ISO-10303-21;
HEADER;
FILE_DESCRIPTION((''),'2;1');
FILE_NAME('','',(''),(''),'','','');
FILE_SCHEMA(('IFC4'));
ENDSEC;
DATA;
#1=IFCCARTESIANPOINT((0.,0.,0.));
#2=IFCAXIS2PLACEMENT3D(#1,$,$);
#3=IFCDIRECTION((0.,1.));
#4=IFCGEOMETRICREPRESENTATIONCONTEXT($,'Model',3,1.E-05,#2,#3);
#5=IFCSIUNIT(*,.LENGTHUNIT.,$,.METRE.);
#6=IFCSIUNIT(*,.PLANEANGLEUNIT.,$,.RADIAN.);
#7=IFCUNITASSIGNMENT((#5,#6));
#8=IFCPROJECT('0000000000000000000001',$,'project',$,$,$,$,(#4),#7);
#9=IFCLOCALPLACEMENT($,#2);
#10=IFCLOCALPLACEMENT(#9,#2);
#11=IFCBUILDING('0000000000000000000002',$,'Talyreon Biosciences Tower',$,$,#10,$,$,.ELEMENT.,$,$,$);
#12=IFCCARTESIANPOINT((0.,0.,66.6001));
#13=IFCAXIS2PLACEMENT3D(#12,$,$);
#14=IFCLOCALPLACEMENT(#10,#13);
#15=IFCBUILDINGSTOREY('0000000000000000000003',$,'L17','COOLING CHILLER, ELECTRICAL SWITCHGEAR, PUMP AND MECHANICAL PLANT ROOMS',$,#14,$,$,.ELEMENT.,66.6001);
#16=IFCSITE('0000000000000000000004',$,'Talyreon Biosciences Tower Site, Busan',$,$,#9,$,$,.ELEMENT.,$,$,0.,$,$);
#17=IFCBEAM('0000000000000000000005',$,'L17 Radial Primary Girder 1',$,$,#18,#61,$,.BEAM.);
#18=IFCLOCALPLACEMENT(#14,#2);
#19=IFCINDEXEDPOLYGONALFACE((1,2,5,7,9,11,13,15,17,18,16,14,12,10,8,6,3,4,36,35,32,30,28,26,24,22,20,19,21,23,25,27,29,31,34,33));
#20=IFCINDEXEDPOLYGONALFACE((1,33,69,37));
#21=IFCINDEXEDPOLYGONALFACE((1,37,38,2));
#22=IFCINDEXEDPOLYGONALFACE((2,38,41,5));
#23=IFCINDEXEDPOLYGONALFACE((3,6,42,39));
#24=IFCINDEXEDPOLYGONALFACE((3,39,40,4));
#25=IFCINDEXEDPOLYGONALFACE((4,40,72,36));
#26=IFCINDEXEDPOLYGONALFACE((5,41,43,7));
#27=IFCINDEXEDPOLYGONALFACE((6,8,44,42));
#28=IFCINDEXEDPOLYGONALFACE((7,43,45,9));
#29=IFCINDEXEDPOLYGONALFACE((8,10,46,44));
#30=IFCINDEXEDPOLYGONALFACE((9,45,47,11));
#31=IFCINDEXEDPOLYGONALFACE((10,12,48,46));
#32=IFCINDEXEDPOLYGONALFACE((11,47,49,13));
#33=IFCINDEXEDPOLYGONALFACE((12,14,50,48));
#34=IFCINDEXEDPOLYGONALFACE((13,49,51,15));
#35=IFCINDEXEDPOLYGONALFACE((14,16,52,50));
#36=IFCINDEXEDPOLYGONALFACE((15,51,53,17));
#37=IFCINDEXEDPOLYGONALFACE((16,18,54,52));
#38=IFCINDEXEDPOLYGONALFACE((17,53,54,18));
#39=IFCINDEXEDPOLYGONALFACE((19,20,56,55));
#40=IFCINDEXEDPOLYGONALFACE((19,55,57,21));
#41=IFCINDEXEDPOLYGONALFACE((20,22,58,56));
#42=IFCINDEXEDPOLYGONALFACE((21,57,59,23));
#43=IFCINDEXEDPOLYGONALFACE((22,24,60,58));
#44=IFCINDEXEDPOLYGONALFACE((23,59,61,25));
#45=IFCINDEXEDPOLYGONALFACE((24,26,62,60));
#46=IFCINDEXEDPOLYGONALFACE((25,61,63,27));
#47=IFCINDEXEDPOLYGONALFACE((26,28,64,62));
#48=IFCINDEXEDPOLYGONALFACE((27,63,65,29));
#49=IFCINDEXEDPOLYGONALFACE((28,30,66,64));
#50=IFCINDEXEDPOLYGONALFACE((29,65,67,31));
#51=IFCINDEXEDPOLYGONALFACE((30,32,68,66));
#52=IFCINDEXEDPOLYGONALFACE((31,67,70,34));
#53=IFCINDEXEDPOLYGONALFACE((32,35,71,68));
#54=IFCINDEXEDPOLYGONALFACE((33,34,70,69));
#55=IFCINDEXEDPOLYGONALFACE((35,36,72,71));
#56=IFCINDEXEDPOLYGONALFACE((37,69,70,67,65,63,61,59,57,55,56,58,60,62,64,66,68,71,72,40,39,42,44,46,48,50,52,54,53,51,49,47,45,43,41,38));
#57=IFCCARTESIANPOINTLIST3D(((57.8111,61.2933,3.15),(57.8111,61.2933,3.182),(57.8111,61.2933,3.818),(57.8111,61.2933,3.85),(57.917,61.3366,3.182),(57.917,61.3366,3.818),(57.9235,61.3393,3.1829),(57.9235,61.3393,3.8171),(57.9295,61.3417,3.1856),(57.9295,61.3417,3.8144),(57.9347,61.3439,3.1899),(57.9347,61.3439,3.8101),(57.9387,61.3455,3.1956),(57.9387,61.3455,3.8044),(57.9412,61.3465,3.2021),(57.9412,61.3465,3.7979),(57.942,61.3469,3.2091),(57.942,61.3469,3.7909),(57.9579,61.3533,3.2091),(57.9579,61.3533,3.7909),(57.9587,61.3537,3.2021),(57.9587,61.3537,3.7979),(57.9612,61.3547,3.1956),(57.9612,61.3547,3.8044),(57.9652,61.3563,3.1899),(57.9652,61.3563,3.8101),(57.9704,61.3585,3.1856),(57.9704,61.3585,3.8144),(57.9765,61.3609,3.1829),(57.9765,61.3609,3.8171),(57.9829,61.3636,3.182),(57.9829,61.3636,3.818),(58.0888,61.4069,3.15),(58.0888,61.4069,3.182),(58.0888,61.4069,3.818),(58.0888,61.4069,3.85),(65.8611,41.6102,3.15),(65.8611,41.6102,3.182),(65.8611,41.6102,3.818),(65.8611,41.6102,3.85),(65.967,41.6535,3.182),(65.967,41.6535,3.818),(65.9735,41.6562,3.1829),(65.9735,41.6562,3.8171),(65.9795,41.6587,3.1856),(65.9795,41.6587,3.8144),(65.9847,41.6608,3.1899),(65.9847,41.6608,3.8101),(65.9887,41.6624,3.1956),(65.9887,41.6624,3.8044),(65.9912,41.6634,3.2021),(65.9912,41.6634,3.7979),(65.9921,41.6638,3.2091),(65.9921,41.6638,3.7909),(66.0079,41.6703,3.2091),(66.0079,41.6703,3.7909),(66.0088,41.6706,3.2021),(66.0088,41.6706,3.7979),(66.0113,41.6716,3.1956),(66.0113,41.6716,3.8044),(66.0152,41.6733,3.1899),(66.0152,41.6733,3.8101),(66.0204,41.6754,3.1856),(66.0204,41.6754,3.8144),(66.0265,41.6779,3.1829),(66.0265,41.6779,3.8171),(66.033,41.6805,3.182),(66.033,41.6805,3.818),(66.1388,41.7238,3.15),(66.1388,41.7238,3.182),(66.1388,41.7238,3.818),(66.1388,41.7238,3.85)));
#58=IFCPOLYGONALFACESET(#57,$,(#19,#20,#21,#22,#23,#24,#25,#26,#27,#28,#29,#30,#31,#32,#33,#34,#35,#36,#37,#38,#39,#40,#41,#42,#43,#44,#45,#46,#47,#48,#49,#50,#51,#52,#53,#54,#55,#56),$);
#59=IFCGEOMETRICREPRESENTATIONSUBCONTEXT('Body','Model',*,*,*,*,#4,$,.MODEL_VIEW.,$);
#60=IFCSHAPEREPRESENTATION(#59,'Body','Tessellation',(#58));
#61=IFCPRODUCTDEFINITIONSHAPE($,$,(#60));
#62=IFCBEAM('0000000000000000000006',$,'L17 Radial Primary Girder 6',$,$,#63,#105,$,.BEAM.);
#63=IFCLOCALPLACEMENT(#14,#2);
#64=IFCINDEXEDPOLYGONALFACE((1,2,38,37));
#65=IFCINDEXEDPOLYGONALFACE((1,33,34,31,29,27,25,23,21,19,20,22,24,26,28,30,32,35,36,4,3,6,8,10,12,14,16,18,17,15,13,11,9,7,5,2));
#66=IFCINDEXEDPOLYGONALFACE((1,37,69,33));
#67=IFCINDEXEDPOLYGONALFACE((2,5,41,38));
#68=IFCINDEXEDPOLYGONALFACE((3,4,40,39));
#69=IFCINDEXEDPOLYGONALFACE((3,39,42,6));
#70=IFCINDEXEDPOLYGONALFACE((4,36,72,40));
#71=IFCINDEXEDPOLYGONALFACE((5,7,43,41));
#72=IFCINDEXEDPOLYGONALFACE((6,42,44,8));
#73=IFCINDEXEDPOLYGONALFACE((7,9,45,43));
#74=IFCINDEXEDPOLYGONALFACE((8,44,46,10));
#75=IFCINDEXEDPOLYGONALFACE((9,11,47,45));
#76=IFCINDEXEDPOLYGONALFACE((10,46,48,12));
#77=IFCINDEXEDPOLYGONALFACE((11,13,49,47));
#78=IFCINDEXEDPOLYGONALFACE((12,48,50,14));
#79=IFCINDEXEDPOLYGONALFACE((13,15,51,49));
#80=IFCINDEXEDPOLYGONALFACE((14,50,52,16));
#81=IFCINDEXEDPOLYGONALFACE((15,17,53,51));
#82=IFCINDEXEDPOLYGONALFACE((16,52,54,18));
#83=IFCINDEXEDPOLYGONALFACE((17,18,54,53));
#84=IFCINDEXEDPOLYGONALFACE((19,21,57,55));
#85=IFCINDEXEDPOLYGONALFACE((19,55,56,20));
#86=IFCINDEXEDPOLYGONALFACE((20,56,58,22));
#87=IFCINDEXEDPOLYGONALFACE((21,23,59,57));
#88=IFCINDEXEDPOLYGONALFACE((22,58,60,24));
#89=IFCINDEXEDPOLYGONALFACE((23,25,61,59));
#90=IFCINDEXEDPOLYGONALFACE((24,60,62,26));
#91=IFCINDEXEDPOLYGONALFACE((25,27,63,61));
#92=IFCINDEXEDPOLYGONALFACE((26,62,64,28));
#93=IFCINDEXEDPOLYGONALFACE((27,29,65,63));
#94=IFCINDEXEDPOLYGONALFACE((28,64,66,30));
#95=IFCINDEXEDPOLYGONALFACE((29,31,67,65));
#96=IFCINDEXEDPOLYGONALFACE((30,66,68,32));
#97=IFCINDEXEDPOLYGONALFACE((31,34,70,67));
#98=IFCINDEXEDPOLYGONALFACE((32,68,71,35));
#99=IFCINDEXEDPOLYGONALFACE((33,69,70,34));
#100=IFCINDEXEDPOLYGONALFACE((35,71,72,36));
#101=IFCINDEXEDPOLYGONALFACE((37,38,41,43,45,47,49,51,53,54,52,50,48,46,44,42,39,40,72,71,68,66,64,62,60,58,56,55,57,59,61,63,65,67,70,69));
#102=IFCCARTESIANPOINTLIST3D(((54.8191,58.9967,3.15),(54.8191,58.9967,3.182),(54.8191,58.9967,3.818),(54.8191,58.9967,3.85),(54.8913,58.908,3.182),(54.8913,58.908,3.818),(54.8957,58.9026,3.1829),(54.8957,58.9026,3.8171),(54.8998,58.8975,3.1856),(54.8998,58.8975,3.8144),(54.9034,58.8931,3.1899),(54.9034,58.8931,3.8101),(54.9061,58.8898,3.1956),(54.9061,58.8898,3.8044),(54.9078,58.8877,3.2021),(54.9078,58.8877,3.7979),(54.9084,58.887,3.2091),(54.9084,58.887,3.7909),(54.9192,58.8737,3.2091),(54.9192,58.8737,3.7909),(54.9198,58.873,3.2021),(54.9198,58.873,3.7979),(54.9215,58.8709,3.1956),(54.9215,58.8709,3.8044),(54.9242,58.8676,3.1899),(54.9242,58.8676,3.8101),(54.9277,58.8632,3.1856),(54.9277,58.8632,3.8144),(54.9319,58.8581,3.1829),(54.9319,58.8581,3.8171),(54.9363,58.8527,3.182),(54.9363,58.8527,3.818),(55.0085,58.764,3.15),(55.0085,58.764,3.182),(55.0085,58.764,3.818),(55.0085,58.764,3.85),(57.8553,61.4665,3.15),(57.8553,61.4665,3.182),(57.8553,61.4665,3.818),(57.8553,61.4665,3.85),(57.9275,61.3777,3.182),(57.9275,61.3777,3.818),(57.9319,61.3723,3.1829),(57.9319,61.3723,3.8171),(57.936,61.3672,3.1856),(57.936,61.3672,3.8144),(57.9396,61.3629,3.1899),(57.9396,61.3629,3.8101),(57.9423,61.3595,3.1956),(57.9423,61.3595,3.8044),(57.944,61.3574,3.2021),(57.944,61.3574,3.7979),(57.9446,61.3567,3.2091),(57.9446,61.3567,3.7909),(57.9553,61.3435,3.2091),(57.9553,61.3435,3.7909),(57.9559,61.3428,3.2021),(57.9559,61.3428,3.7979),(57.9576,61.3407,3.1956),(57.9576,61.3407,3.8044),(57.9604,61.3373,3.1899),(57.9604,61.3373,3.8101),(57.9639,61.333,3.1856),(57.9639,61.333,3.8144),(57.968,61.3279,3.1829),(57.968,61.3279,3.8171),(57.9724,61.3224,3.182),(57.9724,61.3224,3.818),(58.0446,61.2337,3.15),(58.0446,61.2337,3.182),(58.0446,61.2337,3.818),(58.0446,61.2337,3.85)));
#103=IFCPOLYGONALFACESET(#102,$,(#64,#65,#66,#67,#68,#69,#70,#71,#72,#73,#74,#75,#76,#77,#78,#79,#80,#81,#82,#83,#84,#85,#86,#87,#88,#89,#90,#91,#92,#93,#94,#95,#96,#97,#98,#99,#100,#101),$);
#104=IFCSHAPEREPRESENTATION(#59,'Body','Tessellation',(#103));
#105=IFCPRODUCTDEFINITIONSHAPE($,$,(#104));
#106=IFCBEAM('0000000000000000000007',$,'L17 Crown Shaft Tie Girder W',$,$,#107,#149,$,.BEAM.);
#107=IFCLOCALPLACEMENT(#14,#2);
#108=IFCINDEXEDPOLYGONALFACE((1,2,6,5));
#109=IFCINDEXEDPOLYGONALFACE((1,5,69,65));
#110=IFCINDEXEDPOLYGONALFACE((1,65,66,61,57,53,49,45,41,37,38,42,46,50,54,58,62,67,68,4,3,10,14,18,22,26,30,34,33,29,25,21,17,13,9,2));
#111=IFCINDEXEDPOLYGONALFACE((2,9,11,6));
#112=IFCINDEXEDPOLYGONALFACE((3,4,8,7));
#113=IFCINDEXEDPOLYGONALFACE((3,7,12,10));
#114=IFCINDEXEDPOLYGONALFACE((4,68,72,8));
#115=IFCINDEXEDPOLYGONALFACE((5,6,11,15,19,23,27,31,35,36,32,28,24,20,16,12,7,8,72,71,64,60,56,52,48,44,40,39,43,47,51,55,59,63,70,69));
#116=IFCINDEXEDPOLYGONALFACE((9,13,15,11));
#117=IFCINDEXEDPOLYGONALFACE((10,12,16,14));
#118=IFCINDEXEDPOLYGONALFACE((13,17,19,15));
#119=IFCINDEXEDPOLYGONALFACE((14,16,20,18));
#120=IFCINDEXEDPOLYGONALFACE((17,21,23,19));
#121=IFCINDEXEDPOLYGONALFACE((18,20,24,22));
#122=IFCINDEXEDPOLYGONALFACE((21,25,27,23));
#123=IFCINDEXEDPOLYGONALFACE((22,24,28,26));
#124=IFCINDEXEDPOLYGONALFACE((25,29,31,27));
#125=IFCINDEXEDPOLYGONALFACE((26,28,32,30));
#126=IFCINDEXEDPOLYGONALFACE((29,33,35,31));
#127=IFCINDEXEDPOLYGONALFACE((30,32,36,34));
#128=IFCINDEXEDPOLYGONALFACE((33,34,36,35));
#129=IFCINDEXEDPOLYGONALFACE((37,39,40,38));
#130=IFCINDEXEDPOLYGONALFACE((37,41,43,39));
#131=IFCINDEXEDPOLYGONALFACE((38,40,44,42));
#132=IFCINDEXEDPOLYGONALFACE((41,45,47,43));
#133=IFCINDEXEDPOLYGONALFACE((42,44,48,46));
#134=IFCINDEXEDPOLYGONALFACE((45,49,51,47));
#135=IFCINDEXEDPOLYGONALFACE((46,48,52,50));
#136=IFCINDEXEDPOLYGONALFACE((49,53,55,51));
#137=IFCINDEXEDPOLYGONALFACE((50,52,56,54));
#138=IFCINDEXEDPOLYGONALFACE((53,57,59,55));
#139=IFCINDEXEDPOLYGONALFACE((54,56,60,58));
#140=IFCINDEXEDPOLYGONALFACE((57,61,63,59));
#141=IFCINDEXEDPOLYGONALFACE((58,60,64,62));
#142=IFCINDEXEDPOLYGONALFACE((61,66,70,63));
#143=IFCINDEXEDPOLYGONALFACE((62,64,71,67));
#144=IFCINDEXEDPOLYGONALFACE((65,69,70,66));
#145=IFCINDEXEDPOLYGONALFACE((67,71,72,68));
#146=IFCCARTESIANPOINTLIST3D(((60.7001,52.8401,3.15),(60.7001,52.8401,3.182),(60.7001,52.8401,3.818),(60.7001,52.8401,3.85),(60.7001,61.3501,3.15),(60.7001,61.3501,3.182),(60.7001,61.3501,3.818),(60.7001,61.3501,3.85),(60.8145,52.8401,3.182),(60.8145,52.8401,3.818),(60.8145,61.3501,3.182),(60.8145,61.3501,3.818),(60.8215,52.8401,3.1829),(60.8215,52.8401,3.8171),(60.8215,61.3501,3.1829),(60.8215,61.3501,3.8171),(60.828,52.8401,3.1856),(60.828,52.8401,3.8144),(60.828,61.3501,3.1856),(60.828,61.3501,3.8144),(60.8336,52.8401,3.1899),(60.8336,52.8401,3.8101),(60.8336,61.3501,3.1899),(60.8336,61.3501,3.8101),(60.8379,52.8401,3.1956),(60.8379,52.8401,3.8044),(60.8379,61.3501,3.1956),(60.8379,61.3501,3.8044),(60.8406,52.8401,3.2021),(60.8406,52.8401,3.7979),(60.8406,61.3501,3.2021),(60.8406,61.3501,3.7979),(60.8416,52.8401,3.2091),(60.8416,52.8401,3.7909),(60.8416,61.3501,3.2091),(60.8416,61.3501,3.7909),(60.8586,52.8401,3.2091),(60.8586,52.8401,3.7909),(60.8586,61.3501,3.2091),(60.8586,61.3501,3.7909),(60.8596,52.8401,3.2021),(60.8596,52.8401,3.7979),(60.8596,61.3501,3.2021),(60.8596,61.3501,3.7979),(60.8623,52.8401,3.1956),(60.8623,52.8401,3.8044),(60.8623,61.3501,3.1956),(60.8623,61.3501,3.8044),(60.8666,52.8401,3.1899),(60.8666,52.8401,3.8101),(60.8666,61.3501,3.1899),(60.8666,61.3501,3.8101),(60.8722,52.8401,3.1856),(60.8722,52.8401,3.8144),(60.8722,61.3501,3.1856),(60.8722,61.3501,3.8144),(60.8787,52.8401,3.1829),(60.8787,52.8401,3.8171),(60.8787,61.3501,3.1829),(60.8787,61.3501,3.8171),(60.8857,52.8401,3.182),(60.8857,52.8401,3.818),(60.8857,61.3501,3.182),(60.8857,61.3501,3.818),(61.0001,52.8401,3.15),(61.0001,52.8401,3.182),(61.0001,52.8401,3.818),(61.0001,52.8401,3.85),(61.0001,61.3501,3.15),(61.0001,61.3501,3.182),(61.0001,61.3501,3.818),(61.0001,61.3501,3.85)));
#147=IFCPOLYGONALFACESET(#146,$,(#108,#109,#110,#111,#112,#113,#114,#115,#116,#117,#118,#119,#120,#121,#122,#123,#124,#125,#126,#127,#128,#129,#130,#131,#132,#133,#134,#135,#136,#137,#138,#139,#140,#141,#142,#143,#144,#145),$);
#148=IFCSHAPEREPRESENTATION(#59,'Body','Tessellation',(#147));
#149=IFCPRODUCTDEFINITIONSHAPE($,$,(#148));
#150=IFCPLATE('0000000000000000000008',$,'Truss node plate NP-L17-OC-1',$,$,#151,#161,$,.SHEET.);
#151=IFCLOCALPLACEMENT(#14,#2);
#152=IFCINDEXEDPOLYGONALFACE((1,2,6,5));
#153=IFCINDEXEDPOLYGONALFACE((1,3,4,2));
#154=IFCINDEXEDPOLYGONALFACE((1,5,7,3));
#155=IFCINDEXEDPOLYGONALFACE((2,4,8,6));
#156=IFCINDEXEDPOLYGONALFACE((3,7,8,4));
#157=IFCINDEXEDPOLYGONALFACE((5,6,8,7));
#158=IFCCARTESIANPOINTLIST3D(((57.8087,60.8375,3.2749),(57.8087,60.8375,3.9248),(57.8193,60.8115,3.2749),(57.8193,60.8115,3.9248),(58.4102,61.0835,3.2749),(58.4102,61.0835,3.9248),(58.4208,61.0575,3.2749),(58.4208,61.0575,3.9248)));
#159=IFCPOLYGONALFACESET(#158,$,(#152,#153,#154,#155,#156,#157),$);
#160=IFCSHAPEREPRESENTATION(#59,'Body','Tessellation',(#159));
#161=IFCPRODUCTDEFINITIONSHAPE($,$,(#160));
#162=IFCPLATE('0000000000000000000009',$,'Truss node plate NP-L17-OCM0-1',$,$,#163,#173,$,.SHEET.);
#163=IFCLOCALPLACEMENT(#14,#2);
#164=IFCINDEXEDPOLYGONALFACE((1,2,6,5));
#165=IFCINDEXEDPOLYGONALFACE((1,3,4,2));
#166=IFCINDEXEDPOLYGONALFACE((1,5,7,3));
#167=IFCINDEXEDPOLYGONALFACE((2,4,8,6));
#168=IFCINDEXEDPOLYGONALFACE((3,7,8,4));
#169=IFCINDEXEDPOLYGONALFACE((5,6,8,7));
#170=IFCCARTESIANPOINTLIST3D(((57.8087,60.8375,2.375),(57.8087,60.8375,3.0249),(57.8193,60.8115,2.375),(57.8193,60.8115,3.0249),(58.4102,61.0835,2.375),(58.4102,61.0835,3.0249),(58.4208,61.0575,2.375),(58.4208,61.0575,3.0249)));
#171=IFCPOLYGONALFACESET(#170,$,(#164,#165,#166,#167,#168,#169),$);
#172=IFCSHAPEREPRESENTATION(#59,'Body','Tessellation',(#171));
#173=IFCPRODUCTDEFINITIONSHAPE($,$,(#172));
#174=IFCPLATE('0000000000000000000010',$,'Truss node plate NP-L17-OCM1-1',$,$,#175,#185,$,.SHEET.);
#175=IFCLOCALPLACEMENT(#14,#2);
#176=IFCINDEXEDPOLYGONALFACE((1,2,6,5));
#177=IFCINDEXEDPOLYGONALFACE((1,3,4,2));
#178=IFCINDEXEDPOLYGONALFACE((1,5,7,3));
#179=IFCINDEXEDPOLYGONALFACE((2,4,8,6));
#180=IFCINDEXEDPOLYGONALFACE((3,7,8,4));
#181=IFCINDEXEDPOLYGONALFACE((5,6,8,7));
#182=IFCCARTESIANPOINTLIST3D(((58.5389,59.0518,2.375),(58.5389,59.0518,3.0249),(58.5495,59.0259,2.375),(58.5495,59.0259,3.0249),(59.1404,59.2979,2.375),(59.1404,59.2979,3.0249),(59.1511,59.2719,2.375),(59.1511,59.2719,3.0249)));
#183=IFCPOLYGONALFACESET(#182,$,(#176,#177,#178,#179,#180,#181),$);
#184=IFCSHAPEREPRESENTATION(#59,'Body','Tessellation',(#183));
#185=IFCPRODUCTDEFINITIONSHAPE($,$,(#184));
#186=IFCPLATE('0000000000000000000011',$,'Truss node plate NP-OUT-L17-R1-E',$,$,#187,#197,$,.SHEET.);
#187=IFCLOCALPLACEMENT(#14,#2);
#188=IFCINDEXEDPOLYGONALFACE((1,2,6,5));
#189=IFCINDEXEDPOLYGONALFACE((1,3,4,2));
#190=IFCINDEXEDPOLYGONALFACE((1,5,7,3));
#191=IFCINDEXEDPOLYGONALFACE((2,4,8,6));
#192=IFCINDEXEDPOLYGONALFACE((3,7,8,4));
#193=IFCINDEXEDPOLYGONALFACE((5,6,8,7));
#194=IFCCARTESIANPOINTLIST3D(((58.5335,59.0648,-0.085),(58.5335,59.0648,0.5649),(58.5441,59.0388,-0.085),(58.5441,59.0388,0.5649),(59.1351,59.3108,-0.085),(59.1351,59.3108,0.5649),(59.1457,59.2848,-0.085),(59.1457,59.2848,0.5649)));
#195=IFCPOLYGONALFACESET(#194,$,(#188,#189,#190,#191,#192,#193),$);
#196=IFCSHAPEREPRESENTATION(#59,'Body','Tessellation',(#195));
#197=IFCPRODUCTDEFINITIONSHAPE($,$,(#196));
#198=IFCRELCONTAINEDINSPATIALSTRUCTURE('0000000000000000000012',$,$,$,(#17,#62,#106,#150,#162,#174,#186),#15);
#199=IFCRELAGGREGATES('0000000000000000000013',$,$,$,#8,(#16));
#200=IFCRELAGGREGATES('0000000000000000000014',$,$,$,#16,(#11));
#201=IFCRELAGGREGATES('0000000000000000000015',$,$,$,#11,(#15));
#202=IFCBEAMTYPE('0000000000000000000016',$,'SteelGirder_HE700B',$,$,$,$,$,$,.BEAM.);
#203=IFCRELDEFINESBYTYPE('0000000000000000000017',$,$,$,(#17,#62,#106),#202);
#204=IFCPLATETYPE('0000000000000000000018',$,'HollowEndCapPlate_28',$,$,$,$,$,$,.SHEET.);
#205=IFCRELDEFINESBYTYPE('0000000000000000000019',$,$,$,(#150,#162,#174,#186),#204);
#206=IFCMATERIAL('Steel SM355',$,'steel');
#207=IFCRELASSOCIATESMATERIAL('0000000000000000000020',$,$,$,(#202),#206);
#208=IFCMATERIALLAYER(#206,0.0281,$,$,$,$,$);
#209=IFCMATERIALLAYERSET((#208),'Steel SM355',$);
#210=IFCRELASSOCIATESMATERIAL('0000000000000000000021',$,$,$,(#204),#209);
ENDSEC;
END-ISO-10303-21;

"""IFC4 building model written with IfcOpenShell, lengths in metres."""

from ifc_helpers import new_model, si_unit, direction, frame, origin, origin_2d, place, context, subcontext, project, spatial, rectangle, i_section, extrude, material, layer, layer_set, material_profile, profile_set, type_object, element, save


model = new_model("IFC4")

# Units and contexts
model_context = context("Model", 3, precision=1e-05, world=origin(), true_north=direction((0.0, 1.0)))
body_context = subcontext(model_context, "Body", "Model", "MODEL_VIEW")
ifc_project = project(units=[si_unit("LENGTHUNIT", "METRE"), si_unit("PLANEANGLEUNIT", "RADIAN")], contexts=[model_context])

# Site, building, storey
site_placement = place(None, origin())
site = spatial("IfcSite", under=ifc_project, at=site_placement, Name="Talyreon Biosciences Tower Site, Busan", CompositionType="ELEMENT", RefElevation=0.0)
building_placement = place(site_placement, origin())
building = spatial("IfcBuilding", under=site, at=building_placement, Name="Talyreon Biosciences Tower", CompositionType="ELEMENT")
storey_placement = place(building_placement, frame((0.0, 0.0, 66.6001)))
storey = spatial("IfcBuildingStorey", under=building, at=storey_placement, Name="L17", Description="COOLING CHILLER, ELECTRICAL SWITCHGEAR, PUMP AND MECHANICAL PLANT ROOMS", CompositionType="ELEMENT", Elevation=66.6001)

# Shared definitions
ifc_material_1 = material(Name="Steel SM355", Category="steel")

# Beams
ifc_material_profile_1 = material_profile(ifc_material_1, i_section(OverallWidth=0.3, OverallDepth=0.7, WebThickness=0.0171, FlangeThickness=0.032, FilletRadius=0.0271, at=origin_2d()), Name="HE700B")
ifc_profile_set_1 = profile_set([ifc_material_profile_1], Name="Steel SM355")
beam_type = type_object("IfcBeamType", Name="SteelGirder_HE700B", PredefinedType="BEAM", material=ifc_profile_set_1)
beam_1_placement = place(storey_placement, frame((57.95, 61.3501, 3.5), z_axis=(0.378547, -0.925582, 0.0), x_axis=(0.925582, 0.378547, 0.0)))
element("IfcBeam", 1, at=beam_1_placement, inside=storey, type_object=beam_type, Name="L17 Radial Primary Girder 1", PredefinedType="BEAM", context=body_context, shape_type="SweptSolid", body=[
    extrude(i_section(OverallWidth=0.3, OverallDepth=0.7, WebThickness=0.0171, FlangeThickness=0.032, FilletRadius=0.0271, at=origin_2d()), origin(), (0.0, 0.0, 1.0), 21.2656),
])
beam_2_placement = place(storey_placement, frame((57.95, 61.3501, 3.5), z_axis=(-0.775755, -0.631034, 0.0), x_axis=(0.631034, -0.775755, 0.0)))
element("IfcBeam", 2, at=beam_2_placement, inside=storey, type_object=beam_type, Name="L17 Radial Primary Girder 6", PredefinedType="BEAM", context=body_context, shape_type="SweptSolid", body=[
    extrude(i_section(OverallWidth=0.3, OverallDepth=0.7, WebThickness=0.0171, FlangeThickness=0.032, FilletRadius=0.0271, at=origin_2d()), origin(), (0.0, 0.0, 1.0), 3.9138),
])
beam_3_placement = place(storey_placement, frame((60.8501, 52.8401, 3.5), z_axis=(0.0, 1.0, 0.0), x_axis=(-1.0, 0.0, 0.0)))
element("IfcBeam", 3, at=beam_3_placement, inside=storey, type_object=beam_type, Name="L17 Crown Shaft Tie Girder W", PredefinedType="BEAM", context=body_context, shape_type="SweptSolid", body=[
    extrude(i_section(OverallWidth=0.3, OverallDepth=0.7, WebThickness=0.0171, FlangeThickness=0.032, FilletRadius=0.0271, at=origin_2d()), origin(), (0.0, 0.0, 1.0), 8.51),
])

# Plates
ifc_layer_1 = layer(ifc_material_1, 0.0281)
ifc_layer_set_1 = layer_set([ifc_layer_1], Name="Steel SM355")
plate_type_1 = type_object("IfcPlateType", Name="HollowEndCapPlate_28", PredefinedType="SHEET", material=ifc_layer_set_1)
for number, where, z_axis, x_axis, name in (
    (4, (58.1147, 60.9475, 3.2749), (0.0, 0.0, 1.0), (0.92558, 0.378552, 0.0), "Truss node plate NP-L17-OC-1"),
    (5, (58.1147, 60.9475, 2.375), (0.0, 0.0, 1.0), (0.92558, 0.378552, 0.0), "Truss node plate NP-L17-OCM0-1"),
    (6, (58.845, 59.1619, 2.375), (0.0, 0.0, 1.0), (0.92558, 0.378552, 0.0), "Truss node plate NP-L17-OCM1-1"),
    (7, (58.8396, 59.1748, -0.085), (0.0, 0.0, 1.0), (0.925587, 0.378536, 0.0), "Truss node plate NP-OUT-L17-R1-E"),
):
    element("IfcPlate", number, at=place(storey_placement, frame(where, z_axis=z_axis, x_axis=x_axis)), inside=storey, type_object=plate_type_1, Name=name, PredefinedType="SHEET", context=body_context, shape_type="SweptSolid", body=[
        extrude(rectangle(XDim=0.6499, YDim=0.0281, at=origin_2d()), origin(), (0.0, 0.0, 1.0), 0.6499),
    ])

save(model, "model.ifc")
